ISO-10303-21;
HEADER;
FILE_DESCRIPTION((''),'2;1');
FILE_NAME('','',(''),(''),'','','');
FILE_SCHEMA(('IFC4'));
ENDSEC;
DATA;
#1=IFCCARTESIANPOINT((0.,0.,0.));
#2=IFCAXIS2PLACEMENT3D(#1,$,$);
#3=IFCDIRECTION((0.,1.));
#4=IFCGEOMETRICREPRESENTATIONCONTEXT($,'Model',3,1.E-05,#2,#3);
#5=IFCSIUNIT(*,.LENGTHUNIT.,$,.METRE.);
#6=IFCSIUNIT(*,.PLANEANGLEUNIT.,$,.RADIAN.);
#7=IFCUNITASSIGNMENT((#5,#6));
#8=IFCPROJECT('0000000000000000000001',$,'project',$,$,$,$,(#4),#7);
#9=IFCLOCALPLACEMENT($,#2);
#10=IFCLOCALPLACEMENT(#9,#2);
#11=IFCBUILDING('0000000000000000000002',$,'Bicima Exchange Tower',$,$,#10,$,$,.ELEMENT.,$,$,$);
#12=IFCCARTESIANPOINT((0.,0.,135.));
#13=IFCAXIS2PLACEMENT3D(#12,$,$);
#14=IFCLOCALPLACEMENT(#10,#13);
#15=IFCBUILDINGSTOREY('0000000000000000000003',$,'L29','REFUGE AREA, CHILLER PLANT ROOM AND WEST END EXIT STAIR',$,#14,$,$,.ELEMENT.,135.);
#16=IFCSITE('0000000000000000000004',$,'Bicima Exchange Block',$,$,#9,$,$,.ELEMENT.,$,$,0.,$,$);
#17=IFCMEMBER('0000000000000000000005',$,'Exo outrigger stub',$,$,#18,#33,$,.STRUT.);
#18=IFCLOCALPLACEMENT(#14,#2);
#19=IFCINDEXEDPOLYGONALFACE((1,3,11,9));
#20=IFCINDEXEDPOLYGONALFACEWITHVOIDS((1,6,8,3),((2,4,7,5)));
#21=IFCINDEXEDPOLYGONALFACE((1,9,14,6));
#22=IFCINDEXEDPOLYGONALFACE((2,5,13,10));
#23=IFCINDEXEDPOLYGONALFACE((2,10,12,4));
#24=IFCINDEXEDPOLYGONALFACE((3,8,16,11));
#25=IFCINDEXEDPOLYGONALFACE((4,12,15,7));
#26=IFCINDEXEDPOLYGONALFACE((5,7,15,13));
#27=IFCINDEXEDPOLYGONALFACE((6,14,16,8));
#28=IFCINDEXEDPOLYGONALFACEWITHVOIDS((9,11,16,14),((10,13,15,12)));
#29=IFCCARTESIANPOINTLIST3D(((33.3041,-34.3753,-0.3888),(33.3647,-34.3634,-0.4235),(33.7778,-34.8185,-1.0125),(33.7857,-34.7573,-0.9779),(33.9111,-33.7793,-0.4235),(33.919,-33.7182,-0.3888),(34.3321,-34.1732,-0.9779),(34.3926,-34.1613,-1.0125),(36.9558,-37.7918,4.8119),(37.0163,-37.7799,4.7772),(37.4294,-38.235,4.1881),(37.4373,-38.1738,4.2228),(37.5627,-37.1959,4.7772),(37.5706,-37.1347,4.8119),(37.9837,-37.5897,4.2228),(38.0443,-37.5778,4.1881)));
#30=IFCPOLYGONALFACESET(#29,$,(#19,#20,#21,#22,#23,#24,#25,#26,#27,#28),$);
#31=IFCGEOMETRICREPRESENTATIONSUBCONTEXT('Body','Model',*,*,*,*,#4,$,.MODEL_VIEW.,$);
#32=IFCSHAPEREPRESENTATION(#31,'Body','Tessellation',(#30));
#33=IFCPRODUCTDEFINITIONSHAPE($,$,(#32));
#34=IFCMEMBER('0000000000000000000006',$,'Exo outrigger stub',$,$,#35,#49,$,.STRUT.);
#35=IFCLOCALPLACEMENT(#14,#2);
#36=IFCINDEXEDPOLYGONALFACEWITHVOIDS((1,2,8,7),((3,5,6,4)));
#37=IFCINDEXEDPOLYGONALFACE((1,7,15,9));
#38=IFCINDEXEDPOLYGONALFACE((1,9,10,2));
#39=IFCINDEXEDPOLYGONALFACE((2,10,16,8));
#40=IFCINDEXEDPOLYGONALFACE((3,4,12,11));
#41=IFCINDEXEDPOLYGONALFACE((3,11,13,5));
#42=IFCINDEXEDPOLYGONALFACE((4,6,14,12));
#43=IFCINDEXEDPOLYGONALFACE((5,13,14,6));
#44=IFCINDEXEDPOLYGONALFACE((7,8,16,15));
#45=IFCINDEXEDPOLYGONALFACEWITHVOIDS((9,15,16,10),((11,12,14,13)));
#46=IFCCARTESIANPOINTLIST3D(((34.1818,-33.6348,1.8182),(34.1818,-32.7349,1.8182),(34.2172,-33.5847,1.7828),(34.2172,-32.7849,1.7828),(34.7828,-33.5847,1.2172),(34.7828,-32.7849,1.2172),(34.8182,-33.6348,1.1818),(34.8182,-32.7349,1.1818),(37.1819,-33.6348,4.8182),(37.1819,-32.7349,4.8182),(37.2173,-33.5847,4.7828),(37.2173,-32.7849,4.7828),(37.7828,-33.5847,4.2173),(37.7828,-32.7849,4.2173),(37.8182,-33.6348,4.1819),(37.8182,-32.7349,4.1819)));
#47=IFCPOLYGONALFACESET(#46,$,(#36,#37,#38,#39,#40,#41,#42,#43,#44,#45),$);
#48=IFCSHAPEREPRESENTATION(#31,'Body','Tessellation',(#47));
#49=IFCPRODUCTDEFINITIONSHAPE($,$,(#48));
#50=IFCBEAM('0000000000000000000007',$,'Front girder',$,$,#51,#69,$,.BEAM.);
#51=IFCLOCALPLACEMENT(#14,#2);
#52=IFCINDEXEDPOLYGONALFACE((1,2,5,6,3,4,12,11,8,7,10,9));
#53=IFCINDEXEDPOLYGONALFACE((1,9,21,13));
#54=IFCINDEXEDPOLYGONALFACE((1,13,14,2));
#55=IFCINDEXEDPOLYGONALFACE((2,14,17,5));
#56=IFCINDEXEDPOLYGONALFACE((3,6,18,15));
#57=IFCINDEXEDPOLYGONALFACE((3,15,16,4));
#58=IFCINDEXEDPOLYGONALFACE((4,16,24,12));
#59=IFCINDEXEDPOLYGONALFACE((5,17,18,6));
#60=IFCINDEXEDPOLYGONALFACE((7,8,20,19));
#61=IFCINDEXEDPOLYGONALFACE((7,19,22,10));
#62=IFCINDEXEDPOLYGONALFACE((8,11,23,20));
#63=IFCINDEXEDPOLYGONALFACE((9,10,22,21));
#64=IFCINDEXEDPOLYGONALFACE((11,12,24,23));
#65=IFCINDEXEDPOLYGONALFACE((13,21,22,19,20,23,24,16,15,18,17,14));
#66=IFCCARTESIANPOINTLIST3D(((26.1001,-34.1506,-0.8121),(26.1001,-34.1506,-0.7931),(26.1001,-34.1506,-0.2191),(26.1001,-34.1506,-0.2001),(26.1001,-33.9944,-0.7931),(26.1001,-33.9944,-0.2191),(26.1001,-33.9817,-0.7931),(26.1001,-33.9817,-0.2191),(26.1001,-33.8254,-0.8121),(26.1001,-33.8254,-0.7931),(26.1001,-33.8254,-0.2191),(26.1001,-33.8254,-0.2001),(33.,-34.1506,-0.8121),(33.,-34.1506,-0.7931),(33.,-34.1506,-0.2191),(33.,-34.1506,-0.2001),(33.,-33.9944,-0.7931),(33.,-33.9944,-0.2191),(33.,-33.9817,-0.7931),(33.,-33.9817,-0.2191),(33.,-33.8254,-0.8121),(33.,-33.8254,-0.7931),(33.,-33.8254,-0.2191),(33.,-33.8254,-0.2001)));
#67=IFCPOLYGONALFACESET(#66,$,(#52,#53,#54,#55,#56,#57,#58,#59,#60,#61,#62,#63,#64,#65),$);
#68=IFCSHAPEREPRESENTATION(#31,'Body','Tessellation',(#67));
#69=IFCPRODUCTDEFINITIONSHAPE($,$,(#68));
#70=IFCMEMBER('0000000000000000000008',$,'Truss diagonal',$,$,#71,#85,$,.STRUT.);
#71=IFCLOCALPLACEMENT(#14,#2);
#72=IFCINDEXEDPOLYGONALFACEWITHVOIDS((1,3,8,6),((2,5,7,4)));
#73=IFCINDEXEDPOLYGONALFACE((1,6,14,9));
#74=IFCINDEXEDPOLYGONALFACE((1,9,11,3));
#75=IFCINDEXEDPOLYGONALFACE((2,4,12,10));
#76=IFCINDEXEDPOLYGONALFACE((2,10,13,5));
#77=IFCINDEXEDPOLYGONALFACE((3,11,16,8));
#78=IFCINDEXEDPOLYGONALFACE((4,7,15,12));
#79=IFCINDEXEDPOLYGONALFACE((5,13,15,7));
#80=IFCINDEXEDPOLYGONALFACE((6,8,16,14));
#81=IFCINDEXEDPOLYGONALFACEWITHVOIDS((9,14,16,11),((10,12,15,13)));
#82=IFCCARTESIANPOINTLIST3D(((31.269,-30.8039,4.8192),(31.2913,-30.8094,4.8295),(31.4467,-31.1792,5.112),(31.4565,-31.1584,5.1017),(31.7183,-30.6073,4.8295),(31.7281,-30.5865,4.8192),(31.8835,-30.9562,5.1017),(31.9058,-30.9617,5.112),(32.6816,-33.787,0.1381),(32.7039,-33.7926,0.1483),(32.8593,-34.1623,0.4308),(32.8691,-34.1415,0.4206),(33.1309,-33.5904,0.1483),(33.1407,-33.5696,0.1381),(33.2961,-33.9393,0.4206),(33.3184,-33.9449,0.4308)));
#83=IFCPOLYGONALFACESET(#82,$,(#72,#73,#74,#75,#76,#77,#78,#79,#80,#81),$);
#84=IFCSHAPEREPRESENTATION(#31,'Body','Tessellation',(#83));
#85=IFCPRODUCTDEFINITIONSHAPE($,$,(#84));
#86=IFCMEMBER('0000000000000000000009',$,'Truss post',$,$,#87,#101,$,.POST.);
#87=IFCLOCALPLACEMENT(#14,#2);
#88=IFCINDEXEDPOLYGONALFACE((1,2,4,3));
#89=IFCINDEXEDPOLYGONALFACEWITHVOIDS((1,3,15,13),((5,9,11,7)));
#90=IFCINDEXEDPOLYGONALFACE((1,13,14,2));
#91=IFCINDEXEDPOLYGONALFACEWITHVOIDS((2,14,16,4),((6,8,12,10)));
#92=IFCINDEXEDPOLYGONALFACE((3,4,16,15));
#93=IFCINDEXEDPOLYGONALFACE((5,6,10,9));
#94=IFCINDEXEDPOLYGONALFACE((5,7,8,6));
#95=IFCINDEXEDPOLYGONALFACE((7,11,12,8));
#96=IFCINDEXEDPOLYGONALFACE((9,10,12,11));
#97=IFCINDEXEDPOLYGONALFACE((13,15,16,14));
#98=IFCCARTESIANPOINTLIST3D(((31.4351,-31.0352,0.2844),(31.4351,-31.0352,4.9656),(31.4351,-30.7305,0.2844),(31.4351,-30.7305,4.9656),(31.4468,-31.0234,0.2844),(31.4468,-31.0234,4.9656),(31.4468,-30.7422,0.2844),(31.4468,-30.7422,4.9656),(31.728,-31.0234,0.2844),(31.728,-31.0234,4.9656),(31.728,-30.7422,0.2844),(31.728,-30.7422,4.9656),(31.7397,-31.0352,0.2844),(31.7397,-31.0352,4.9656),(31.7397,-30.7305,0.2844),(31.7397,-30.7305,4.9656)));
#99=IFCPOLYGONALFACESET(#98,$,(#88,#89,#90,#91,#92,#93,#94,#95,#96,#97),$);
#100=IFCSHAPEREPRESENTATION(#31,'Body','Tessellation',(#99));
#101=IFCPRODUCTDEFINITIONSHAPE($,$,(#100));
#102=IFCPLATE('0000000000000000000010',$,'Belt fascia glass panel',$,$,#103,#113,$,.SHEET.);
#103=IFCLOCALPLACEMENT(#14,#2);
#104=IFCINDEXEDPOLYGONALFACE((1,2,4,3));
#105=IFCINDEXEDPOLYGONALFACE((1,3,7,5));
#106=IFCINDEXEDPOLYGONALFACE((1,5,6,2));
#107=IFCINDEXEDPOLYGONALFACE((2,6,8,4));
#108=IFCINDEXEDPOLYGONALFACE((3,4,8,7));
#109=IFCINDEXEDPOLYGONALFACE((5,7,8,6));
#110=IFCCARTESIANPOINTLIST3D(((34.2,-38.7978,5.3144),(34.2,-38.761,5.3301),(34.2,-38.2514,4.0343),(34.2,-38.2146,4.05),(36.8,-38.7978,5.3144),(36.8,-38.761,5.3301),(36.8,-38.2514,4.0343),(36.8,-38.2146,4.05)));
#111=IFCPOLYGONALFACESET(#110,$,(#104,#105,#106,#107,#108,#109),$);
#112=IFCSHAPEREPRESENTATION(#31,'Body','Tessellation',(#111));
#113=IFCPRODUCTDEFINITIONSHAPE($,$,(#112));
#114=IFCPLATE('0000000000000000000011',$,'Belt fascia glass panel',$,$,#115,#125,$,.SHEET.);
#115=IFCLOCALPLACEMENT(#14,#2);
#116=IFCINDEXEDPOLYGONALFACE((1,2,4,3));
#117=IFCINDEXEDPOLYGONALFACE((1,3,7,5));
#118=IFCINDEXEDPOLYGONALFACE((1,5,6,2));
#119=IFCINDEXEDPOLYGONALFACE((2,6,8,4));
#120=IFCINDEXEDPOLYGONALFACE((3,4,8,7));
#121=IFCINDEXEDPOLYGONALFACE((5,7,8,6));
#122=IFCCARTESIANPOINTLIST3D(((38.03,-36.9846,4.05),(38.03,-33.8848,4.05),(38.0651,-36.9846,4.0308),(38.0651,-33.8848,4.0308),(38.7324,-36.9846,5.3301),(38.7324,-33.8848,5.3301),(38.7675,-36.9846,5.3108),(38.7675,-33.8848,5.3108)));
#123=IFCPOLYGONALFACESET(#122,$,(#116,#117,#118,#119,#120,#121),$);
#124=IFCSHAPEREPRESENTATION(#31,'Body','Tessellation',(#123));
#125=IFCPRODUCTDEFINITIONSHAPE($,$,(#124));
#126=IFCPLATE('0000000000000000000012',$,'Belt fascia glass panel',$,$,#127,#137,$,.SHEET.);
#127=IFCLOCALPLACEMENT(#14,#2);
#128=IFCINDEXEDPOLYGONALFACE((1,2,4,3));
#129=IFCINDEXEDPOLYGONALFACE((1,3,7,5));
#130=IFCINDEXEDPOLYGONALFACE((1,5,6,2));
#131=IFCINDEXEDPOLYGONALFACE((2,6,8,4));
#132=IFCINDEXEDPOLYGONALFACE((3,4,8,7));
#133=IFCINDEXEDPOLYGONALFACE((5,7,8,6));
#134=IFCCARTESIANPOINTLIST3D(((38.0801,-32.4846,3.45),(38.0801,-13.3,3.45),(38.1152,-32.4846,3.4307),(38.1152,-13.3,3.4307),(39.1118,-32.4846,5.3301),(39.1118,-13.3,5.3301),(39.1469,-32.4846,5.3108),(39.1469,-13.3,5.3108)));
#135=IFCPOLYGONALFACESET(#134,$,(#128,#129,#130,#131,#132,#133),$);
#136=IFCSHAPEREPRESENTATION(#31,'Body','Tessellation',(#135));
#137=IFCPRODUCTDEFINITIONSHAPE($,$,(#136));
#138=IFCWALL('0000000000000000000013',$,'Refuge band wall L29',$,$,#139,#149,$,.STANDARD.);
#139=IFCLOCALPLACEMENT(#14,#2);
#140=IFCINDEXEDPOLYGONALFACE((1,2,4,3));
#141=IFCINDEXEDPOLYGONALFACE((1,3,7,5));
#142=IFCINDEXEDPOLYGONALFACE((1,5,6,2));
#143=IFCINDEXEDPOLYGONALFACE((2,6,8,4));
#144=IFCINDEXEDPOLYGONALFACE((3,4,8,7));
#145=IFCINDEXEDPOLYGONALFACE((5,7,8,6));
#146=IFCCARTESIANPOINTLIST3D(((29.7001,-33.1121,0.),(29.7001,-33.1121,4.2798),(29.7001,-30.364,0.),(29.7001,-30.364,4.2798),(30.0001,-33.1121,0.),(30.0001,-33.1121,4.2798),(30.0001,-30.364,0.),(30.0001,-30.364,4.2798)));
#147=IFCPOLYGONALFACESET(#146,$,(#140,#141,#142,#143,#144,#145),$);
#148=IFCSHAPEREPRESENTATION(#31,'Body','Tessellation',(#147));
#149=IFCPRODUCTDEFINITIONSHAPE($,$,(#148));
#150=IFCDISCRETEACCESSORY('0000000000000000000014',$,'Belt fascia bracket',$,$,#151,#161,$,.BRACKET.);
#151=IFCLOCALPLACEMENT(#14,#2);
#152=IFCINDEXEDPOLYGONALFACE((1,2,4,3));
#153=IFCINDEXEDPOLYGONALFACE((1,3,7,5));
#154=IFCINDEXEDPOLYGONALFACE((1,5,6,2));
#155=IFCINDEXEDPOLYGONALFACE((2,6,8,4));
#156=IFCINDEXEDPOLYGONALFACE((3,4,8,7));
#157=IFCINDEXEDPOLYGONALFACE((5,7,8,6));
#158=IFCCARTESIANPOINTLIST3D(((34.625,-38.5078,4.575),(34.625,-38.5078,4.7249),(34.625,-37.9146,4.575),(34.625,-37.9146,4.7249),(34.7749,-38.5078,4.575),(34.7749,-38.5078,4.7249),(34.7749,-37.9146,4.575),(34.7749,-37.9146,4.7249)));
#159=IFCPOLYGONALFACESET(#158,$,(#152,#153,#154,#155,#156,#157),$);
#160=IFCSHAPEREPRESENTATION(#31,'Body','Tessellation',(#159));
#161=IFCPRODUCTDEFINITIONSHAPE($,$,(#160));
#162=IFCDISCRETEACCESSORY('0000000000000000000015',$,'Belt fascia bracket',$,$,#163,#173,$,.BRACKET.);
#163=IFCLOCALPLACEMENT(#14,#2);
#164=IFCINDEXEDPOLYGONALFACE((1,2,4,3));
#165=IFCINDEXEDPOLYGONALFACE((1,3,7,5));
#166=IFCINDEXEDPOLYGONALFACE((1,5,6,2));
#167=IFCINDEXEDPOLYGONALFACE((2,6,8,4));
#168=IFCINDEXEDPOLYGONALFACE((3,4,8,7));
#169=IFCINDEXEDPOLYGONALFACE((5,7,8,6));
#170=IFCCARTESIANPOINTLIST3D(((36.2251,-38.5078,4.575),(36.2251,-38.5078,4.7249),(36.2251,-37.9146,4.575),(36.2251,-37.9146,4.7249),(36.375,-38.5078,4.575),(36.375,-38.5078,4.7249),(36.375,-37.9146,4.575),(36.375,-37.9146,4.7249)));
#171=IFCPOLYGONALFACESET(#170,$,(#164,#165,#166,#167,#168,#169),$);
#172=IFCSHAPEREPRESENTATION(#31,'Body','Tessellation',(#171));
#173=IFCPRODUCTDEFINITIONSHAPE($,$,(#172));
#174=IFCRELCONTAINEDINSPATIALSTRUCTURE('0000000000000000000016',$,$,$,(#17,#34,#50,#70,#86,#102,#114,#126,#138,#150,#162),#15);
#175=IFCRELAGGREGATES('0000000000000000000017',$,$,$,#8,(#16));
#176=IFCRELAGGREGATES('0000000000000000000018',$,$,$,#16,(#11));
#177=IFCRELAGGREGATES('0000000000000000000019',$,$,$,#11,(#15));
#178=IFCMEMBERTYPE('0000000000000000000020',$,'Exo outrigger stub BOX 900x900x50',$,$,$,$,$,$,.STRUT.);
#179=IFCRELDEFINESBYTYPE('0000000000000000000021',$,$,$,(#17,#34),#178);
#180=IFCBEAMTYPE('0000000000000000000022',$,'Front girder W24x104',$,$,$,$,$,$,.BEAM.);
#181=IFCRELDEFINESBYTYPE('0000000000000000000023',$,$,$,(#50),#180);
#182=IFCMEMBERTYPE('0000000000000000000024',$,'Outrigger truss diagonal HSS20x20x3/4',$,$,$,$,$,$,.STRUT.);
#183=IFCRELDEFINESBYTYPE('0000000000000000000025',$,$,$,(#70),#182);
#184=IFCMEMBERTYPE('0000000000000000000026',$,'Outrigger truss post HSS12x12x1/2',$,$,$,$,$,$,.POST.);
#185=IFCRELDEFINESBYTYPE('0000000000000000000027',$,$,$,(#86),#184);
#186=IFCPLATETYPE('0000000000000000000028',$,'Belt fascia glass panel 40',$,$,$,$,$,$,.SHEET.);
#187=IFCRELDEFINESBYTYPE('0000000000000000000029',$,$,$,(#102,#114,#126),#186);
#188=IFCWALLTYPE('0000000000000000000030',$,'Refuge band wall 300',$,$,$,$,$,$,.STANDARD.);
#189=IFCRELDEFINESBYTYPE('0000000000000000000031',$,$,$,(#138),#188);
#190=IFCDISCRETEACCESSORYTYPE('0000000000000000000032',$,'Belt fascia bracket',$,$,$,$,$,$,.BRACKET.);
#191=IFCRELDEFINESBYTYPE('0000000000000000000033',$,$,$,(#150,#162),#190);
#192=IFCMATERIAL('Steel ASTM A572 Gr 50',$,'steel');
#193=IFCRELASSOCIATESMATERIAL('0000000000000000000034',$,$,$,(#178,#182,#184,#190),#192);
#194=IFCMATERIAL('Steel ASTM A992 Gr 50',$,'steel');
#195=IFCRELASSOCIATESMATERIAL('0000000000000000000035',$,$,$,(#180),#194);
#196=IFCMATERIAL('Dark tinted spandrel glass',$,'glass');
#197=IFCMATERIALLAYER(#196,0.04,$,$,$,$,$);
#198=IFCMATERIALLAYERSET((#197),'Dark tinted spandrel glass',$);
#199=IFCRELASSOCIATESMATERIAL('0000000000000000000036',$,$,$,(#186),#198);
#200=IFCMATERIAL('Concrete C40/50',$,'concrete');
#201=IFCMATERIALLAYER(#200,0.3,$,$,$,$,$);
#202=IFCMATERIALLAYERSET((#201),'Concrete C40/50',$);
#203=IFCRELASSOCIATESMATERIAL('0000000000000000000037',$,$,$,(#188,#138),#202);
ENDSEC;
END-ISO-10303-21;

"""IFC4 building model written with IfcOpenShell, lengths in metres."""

from ifc_helpers import new_model, si_unit, direction, frame, frame_2d, origin, origin_2d, place, context, subcontext, project, spatial, polyline, rectangle, hollow_rectangle, i_section, outline, extrude, material, layer, layer_set, layer_usage, material_profile, profile_set, type_object, element, save


model = new_model("IFC4")

# Units and contexts
model_context = context("Model", 3, precision=1e-05, world=origin(), true_north=direction((0.0, 1.0)))
body_context = subcontext(model_context, "Body", "Model", "MODEL_VIEW")
ifc_project = project(units=[si_unit("LENGTHUNIT", "METRE"), si_unit("PLANEANGLEUNIT", "RADIAN")], contexts=[model_context])

# Site, building, storey
site_placement = place(None, origin())
site = spatial("IfcSite", under=ifc_project, at=site_placement, Name="Bicima Exchange Block", CompositionType="ELEMENT", RefElevation=0.0)
building_placement = place(site_placement, origin())
building = spatial("IfcBuilding", under=site, at=building_placement, Name="Bicima Exchange Tower", CompositionType="ELEMENT")
storey_placement = place(building_placement, frame((0.0, 0.0, 135.0)))
storey = spatial("IfcBuildingStorey", under=building, at=storey_placement, Name="L29", Description="REFUGE AREA, CHILLER PLANT ROOM AND WEST END EXIT STAIR", CompositionType="ELEMENT", Elevation=135.0)

# Shared definitions
ifc_material_1 = material(Name="Steel ASTM A572 Gr 50", Category="steel")
ifc_material_2 = material(Name="Steel ASTM A992 Gr 50", Category="steel")

# Members
ifc_material_profile_1 = material_profile(ifc_material_1, hollow_rectangle(XDim=0.8999, YDim=0.8999, WallThickness=0.05, at=origin_2d()))
ifc_profile_set_1 = profile_set([ifc_material_profile_1], Name="Steel ASTM A572 Gr 50")
member_type_1 = type_object("IfcMemberType", Name="Exo outrigger stub BOX 900x900x50", PredefinedType="STRUT", material=ifc_profile_set_1)
member_1_placement = place(storey_placement, frame((33.8484, -34.2683, -0.7007), z_axis=(0.506125, -0.473539, 0.720832), x_axis=(0.683208, 0.730223, 0.0)))
element("IfcMember", 1, at=member_1_placement, inside=storey, type_object=member_type_1, Name="Exo outrigger stub", PredefinedType="STRUT", context=body_context, shape_type="SweptSolid", body=[
    extrude(hollow_rectangle(XDim=0.8999, YDim=0.8999, WallThickness=0.05, at=origin_2d()), origin(), (0.0, 0.0, 1.0), 7.2148),
])
member_2_placement = place(storey_placement, frame((34.5, -33.1848, 1.5), z_axis=(0.707107, 0.0, 0.707107), x_axis=(0.0, 1.0, 0.0)))
element("IfcMember", 2, at=member_2_placement, inside=storey, type_object=member_type_1, Name="Exo outrigger stub", PredefinedType="STRUT", context=body_context, shape_type="SweptSolid", body=[
    extrude(hollow_rectangle(XDim=0.8999, YDim=0.8999, WallThickness=0.05, at=origin_2d()), origin(), (0.0, 0.0, 1.0), 4.2427),
])

# Beam
ifc_material_profile_2 = material_profile(ifc_material_2, i_section(OverallWidth=0.3252, OverallDepth=0.6121, WebThickness=0.0127, FlangeThickness=0.019, at=origin_2d()))
ifc_profile_set_2 = profile_set([ifc_material_profile_2], Name="Steel ASTM A992 Gr 50")
beam_type_1 = type_object("IfcBeamType", Name="Front girder W24x104", PredefinedType="BEAM", material=ifc_profile_set_2)
beam_1_placement = place(storey_placement, frame((26.1001, -33.988, -0.5061), z_axis=(1.0, 0.0, 0.0), x_axis=(0.0, 1.0, 0.0)))
element("IfcBeam", 3, at=beam_1_placement, inside=storey, type_object=beam_type_1, Name="Front girder", PredefinedType="BEAM", context=body_context, shape_type="SweptSolid", body=[
    extrude(i_section(OverallWidth=0.3252, OverallDepth=0.6121, WebThickness=0.0127, FlangeThickness=0.019, at=origin_2d()), origin(), (0.0, 0.0, 1.0), 6.8999),
])

# Members
ifc_material_profile_3 = material_profile(ifc_material_1, hollow_rectangle(XDim=0.5081, YDim=0.5081, WallThickness=0.0178, at=origin_2d()))
ifc_profile_set_3 = profile_set([ifc_material_profile_3], Name="Steel ASTM A572 Gr 50")
member_type_2 = type_object("IfcMemberType", Name="Outrigger truss diagonal HSS20x20x3/4", PredefinedType="STRUT", material=ifc_profile_set_3)
member_3_placement = place(storey_placement, frame((31.5874, -30.8828, 4.9656), z_axis=(0.246621, -0.520819, -0.817267), x_axis=(0.903794, 0.427969, 0.0)))
element("IfcMember", 4, at=member_3_placement, inside=storey, type_object=member_type_2, Name="Truss diagonal", PredefinedType="STRUT", context=body_context, shape_type="SweptSolid", body=[
    extrude(hollow_rectangle(XDim=0.5081, YDim=0.5081, WallThickness=0.0178, at=origin_2d()), origin(), (0.0, 0.0, 1.0), 5.7278),
])
ifc_material_profile_4 = material_profile(ifc_material_1, hollow_rectangle(XDim=0.3047, YDim=0.3047, WallThickness=0.0117, at=origin_2d()))
ifc_profile_set_4 = profile_set([ifc_material_profile_4], Name="Steel ASTM A572 Gr 50")
member_type_3 = type_object("IfcMemberType", Name="Outrigger truss post HSS12x12x1/2", PredefinedType="POST", material=ifc_profile_set_4)
member_4_placement = place(storey_placement, frame((31.5874, -30.8828, 0.2844), z_axis=(0.0, 0.0, 1.0), x_axis=(1.0, 0.0, 0.0)))
element("IfcMember", 5, at=member_4_placement, inside=storey, type_object=member_type_3, Name="Truss post", PredefinedType="POST", context=body_context, shape_type="SweptSolid", body=[
    extrude(hollow_rectangle(XDim=0.3047, YDim=0.3047, WallThickness=0.0117, at=origin_2d()), origin(), (0.0, 0.0, 1.0), 4.6812),
])

# Plates
ifc_material_3 = material(Name="Dark tinted spandrel glass", Category="glass")
ifc_layer_1 = layer(ifc_material_3, 0.04)
ifc_layer_set_1 = layer_set([ifc_layer_1], Name="Dark tinted spandrel glass")
plate_type = type_object("IfcPlateType", Name="Belt fascia glass panel 40", PredefinedType="SHEET", material=ifc_layer_set_1)
plate_1_placement = place(storey_placement, frame((34.2, -38.2146, 4.05), z_axis=(0.0, 0.919716, 0.392585), x_axis=(1.0, 0.0, 0.0)))
element("IfcPlate", 6, at=plate_1_placement, inside=storey, type_object=plate_type, Name="Belt fascia glass panel", PredefinedType="SHEET", context=body_context, shape_type="SweptSolid", body=[
    extrude(outline(polyline([(0.0, 0.0), (2.6001, 0.0), (2.6001, -1.3918), (0.0, -1.3918), (0.0, 0.0)])), origin(), (0.0, 0.0, -1.0), 0.04),
])
plate_2_placement = place(storey_placement, frame((38.03, -36.9846, 4.05), z_axis=(-0.876685, 0.0, 0.481065), x_axis=(0.0, 1.0, 0.0)))
element("IfcPlate", 7, at=plate_2_placement, inside=storey, type_object=plate_type, Name="Belt fascia glass panel", PredefinedType="SHEET", context=body_context, shape_type="SweptSolid", body=[
    extrude(outline(polyline([(0.0, 0.0), (3.0999, 0.0), (3.0999, -1.4601), (0.0, -1.4601), (0.0, 0.0)])), origin(), (0.0, 0.0, -1.0), 0.04),
])
plate_3_placement = place(storey_placement, frame((38.0801, -32.4846, 3.45), z_axis=(-0.876675, 0.0, 0.481084), x_axis=(0.0, 1.0, 0.0)))
element("IfcPlate", 8, at=plate_3_placement, inside=storey, type_object=plate_type, Name="Belt fascia glass panel", PredefinedType="SHEET", context=body_context, shape_type="SweptSolid", body=[
    extrude(outline(polyline([(0.0, 0.0), (19.1846, 0.0), (19.1846, -2.1446), (0.0, -2.1446), (0.0, 0.0)])), origin(), (0.0, 0.0, -1.0), 0.04),
])

# Wall
ifc_material_4 = material(Name="Concrete C40/50", Category="concrete")
ifc_layer_2 = layer(ifc_material_4, 0.3)
ifc_layer_set_2 = layer_set([ifc_layer_2], Name="Concrete C40/50")
ifc_layer_usage = layer_usage(ifc_layer_set_2, "AXIS2", "POSITIVE", -0.15)
wall_type = type_object("IfcWallType", Name="Refuge band wall 300", PredefinedType="STANDARD", material=ifc_layer_set_2)
wall_placement = place(storey_placement, frame((29.8501, -33.1121, 0.0), z_axis=(0.0, 0.0, 1.0), x_axis=(0.0, 1.0, 0.0)))
element("IfcWall", 9, at=wall_placement, inside=storey, type_object=wall_type, material=ifc_layer_usage, Name="Refuge band wall L29", PredefinedType="STANDARD", context=body_context, shape_type="SweptSolid", body=[
    extrude(rectangle(XDim=2.748, YDim=0.3, at=frame_2d((1.374, 0.0))), origin(), (0.0, 0.0, 1.0), 4.2798),
])

# Discrete accessories
discrete_accessory_type = type_object("IfcDiscreteAccessoryType", Name="Belt fascia bracket", PredefinedType="BRACKET", material=ifc_material_1)
for number, where, z_axis, x_axis, name in (
    (10, (34.7, -38.2112, 4.575), (0.0, 0.0, 1.0), (1.0, 0.0, 0.0), "Belt fascia bracket"),
    (11, (36.3, -38.2112, 4.575), (0.0, 0.0, 1.0), (1.0, 0.0, 0.0), "Belt fascia bracket"),
):
    element("IfcDiscreteAccessory", number, at=place(storey_placement, frame(where, z_axis=z_axis, x_axis=x_axis)), inside=storey, type_object=discrete_accessory_type, Name=name, PredefinedType="BRACKET", context=body_context, shape_type="SweptSolid", body=[
        extrude(rectangle(XDim=0.1499, YDim=0.5933, at=origin_2d()), origin(), (0.0, 0.0, 1.0), 0.1499),
    ])

save(model, "model.ifc")
